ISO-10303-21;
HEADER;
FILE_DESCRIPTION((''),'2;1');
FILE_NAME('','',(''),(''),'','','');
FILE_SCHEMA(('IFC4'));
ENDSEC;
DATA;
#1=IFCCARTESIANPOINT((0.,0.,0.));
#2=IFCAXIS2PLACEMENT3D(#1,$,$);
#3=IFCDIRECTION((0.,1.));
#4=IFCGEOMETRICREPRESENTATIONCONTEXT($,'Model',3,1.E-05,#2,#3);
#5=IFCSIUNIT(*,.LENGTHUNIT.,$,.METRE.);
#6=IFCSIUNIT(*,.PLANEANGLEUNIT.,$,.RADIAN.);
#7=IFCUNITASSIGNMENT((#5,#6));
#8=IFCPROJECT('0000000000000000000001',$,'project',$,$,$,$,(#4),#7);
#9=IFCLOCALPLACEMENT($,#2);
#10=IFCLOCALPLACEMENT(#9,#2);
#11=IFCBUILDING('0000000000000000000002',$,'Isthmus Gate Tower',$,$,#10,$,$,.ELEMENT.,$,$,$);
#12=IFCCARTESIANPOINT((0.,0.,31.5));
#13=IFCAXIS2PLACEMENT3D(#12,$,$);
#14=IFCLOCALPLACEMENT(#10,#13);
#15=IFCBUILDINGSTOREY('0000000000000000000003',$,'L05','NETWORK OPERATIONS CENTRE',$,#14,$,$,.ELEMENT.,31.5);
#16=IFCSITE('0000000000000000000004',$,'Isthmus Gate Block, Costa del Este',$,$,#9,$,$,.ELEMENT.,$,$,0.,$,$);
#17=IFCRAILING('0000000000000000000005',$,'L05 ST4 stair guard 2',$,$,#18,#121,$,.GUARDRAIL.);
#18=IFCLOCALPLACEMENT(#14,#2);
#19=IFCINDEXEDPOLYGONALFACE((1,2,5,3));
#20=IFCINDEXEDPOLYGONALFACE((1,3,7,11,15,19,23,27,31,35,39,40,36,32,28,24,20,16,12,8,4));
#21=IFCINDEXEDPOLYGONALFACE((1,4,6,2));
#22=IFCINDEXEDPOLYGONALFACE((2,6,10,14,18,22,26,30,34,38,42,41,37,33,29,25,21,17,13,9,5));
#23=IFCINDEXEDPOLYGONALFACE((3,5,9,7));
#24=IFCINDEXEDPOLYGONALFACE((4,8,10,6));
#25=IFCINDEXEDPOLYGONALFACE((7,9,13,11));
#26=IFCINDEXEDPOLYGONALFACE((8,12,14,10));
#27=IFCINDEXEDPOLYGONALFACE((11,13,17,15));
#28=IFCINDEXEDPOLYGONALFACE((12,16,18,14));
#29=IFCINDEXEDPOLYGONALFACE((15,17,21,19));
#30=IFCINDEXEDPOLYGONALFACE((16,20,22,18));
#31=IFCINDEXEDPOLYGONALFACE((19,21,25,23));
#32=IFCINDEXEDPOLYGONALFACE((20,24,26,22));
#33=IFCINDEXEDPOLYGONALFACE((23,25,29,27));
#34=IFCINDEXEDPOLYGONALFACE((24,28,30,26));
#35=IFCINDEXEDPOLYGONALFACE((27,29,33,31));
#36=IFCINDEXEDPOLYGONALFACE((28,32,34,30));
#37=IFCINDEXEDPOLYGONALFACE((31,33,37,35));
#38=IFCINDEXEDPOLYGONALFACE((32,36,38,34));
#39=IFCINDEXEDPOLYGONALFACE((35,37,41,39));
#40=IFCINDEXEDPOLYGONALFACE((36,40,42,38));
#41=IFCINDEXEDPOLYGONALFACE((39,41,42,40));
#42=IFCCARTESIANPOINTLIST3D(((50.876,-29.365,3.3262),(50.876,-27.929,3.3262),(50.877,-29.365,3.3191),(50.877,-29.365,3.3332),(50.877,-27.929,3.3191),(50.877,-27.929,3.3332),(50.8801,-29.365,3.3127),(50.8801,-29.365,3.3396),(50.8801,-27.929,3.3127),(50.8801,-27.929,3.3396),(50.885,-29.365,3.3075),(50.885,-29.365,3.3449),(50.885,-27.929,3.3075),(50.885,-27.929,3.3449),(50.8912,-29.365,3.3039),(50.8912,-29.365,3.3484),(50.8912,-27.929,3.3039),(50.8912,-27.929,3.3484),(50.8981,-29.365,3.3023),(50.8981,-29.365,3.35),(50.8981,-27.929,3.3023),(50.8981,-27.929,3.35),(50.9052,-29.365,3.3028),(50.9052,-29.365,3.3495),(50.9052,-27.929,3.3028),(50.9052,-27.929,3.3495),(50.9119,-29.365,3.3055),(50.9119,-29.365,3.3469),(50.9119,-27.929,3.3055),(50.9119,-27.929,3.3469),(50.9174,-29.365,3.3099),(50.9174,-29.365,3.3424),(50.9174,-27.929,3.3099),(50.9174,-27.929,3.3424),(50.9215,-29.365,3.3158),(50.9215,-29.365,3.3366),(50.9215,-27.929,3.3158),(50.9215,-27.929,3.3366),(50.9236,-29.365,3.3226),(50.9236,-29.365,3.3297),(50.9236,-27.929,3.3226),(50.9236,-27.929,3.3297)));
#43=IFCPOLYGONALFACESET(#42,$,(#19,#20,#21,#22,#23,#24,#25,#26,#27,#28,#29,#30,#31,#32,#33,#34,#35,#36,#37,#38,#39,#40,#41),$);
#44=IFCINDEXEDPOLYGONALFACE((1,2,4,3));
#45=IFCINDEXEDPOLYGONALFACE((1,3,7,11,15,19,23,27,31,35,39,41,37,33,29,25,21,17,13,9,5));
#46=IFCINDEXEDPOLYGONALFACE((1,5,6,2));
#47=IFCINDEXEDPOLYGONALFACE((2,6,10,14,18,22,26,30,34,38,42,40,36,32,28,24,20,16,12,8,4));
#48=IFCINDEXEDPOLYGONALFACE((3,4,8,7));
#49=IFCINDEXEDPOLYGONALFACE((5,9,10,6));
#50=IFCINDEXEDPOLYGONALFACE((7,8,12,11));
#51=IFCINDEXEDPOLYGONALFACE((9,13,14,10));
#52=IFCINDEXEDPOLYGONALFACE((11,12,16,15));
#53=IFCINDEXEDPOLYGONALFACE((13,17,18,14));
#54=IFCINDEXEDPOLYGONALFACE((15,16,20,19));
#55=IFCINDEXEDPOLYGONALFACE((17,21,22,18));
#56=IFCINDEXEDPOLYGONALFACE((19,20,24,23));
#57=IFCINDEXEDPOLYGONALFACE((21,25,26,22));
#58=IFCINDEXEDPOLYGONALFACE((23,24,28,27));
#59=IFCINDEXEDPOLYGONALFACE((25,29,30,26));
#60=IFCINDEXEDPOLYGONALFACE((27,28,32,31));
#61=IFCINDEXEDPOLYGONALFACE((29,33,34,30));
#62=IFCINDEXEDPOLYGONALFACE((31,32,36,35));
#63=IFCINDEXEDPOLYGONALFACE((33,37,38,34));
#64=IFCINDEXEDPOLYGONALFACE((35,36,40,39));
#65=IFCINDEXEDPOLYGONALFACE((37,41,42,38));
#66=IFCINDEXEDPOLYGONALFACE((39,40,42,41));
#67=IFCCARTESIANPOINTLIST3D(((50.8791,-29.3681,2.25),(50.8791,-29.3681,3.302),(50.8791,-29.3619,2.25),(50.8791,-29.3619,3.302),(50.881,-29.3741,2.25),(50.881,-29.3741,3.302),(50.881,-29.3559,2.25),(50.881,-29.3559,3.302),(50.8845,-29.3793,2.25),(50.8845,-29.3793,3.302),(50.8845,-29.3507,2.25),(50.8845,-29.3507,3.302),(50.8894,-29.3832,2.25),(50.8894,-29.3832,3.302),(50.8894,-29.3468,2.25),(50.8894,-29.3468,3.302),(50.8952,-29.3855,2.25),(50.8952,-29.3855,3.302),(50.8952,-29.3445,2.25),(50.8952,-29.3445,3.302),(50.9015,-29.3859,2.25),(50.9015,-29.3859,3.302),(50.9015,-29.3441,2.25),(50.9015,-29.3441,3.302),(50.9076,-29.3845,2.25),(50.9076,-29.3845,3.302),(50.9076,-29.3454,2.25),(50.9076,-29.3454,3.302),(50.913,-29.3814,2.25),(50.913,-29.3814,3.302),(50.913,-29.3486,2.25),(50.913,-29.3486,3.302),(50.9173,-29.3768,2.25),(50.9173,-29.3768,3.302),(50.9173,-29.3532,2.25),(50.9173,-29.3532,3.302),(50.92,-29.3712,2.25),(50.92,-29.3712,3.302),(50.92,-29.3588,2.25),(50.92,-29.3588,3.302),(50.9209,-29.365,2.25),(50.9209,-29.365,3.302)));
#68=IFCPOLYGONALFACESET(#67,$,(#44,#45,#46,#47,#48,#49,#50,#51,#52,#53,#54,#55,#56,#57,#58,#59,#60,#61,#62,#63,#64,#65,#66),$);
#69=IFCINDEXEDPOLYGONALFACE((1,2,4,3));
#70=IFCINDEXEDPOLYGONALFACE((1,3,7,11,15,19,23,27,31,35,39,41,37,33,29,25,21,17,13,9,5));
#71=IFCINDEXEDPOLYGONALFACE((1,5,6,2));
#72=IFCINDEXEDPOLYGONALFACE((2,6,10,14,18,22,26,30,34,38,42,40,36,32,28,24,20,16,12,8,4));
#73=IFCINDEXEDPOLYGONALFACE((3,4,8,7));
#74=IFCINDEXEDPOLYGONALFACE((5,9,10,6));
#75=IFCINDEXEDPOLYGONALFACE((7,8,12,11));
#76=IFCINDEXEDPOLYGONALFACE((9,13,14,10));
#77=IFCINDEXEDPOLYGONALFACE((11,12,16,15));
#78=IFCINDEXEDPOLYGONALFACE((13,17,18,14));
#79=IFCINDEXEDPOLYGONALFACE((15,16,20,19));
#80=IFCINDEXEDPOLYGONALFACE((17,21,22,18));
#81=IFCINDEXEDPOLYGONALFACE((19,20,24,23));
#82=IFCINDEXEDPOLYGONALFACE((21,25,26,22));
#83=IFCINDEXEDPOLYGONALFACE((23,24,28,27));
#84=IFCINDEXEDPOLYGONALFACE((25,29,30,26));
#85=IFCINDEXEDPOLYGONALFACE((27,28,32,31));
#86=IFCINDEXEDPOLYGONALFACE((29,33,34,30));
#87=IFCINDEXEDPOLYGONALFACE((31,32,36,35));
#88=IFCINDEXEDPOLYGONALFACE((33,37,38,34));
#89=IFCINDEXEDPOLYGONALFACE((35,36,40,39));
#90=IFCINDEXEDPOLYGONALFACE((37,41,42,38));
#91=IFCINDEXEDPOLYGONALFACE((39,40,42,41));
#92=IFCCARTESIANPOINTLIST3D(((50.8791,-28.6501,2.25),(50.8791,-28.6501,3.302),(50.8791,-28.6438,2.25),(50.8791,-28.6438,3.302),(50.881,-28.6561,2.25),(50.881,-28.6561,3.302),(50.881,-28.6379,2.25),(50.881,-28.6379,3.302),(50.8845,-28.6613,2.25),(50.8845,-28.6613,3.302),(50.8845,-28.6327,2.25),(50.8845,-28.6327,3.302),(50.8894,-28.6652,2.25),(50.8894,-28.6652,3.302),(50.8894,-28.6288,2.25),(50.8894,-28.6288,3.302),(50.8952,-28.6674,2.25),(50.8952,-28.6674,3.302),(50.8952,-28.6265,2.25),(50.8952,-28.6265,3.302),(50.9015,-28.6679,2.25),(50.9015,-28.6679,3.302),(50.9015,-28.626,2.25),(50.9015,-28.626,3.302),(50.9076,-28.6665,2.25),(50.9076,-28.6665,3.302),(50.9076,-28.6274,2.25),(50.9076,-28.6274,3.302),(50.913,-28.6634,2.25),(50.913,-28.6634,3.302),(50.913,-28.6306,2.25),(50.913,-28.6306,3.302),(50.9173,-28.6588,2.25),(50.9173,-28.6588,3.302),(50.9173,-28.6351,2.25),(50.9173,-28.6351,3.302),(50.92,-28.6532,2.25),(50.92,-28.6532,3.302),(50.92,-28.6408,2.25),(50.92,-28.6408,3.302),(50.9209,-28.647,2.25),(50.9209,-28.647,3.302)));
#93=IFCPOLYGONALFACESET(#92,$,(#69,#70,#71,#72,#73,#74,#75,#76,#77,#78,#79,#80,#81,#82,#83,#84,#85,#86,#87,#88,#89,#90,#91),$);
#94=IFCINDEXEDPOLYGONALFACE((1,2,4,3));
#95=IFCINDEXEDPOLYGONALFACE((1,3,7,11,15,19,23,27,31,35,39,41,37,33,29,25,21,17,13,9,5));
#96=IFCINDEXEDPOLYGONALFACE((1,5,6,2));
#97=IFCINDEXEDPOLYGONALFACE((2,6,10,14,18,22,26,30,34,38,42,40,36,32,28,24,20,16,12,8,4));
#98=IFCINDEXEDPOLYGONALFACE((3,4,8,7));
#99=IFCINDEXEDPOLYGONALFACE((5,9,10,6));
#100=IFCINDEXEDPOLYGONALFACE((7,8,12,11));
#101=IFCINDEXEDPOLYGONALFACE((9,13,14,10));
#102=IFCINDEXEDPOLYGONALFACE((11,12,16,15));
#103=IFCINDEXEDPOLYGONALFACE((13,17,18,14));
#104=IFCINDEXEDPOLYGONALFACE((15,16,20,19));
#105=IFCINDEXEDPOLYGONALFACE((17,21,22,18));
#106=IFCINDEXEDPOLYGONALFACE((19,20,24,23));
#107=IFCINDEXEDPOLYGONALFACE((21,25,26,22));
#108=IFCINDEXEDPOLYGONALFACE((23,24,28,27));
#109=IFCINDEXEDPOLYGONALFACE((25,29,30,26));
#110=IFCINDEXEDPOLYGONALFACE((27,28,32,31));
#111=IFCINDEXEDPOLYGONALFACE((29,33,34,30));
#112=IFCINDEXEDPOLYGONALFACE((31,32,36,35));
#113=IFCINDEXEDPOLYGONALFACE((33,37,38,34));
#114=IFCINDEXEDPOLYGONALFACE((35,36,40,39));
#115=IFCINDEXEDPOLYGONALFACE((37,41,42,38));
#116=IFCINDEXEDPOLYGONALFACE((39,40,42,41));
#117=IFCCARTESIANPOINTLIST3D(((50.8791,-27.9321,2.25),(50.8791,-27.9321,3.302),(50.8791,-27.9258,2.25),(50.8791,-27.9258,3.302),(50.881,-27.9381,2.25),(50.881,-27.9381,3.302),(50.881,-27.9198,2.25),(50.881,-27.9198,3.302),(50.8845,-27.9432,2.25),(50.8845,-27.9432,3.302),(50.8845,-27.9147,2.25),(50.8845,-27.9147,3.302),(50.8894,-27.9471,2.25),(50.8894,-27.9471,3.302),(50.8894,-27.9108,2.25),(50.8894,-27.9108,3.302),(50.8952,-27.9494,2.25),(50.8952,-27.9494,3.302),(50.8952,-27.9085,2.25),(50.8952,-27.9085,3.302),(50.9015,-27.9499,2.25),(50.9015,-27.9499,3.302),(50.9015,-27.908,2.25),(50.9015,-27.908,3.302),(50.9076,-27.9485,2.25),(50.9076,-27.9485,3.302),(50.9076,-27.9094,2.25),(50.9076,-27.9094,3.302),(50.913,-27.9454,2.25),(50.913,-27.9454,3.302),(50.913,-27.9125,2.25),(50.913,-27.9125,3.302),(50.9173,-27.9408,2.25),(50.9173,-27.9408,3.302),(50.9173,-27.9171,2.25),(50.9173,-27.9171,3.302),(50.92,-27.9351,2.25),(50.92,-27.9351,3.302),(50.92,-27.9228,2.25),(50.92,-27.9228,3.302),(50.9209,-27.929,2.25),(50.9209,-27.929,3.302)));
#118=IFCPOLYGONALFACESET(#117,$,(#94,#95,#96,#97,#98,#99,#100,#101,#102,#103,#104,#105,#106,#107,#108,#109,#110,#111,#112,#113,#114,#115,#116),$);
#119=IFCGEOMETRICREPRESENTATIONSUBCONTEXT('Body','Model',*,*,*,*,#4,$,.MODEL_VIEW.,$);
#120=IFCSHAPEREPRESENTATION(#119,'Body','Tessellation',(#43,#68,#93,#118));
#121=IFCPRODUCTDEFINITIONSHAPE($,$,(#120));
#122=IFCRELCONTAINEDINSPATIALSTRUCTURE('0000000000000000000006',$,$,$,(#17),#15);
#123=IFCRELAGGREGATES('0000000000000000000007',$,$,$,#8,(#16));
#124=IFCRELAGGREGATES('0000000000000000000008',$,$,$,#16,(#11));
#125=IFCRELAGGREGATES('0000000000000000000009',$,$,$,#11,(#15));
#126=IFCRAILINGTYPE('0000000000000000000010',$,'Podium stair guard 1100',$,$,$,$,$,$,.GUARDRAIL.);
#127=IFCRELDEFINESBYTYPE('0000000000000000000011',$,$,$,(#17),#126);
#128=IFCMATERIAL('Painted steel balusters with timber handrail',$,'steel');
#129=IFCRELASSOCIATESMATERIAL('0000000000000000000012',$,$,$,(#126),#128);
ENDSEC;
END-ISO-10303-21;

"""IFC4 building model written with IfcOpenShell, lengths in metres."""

from ifc_helpers import new_model, si_unit, direction, frame, origin, origin_2d, place, context, subcontext, project, spatial, circle, extrude, material, type_object, element, save


model = new_model("IFC4")

# Units and contexts
model_context = context("Model", 3, precision=1e-05, world=origin(), true_north=direction((0.0, 1.0)))
body_context = subcontext(model_context, "Body", "Model", "MODEL_VIEW")
ifc_project = project(units=[si_unit("LENGTHUNIT", "METRE"), si_unit("PLANEANGLEUNIT", "RADIAN")], contexts=[model_context])

# Site, building, storey
site_placement = place(None, origin())
site = spatial("IfcSite", under=ifc_project, at=site_placement, Name="Isthmus Gate Block, Costa del Este", CompositionType="ELEMENT", RefElevation=0.0)
building_placement = place(site_placement, origin())
building = spatial("IfcBuilding", under=site, at=building_placement, Name="Isthmus Gate Tower", CompositionType="ELEMENT")
storey_placement = place(building_placement, frame((0.0, 0.0, 31.5)))
storey = spatial("IfcBuildingStorey", under=building, at=storey_placement, Name="L05", Description="NETWORK OPERATIONS CENTRE", CompositionType="ELEMENT", Elevation=31.5)

# Railing
ifc_material_1 = material(Name="Painted steel balusters with timber handrail", Category="steel")
railing_type_1 = type_object("IfcRailingType", Name="Podium stair guard 1100", PredefinedType="GUARDRAIL", material=ifc_material_1)
railing_1_placement = place(storey_placement, frame((50.8999, -29.365, 2.25)))
element("IfcRailing", 1, at=railing_1_placement, inside=storey, type_object=railing_type_1, Name="L05 ST4 stair guard 2", PredefinedType="GUARDRAIL", context=body_context, shape_type="SweptSolid", body=[
    extrude(circle(Radius=0.0239, at=origin_2d()), frame((0.0, 0.0, 1.0762), z_axis=(0.0, 1.0, 0.0), x_axis=(-1.0, 0.0, 0.0)), (0.0, 0.0, 1.0), 1.436),
    extrude(circle(Radius=0.021, at=origin_2d()), origin(), (0.0, 0.0, 1.0), 1.052),
    extrude(circle(Radius=0.021, at=origin_2d()), frame((0.0, 0.718, 0.0)), (0.0, 0.0, 1.0), 1.052),
    extrude(circle(Radius=0.021, at=origin_2d()), frame((0.0, 1.436, 0.0)), (0.0, 0.0, 1.0), 1.052),
])

save(model, "model.ifc")
